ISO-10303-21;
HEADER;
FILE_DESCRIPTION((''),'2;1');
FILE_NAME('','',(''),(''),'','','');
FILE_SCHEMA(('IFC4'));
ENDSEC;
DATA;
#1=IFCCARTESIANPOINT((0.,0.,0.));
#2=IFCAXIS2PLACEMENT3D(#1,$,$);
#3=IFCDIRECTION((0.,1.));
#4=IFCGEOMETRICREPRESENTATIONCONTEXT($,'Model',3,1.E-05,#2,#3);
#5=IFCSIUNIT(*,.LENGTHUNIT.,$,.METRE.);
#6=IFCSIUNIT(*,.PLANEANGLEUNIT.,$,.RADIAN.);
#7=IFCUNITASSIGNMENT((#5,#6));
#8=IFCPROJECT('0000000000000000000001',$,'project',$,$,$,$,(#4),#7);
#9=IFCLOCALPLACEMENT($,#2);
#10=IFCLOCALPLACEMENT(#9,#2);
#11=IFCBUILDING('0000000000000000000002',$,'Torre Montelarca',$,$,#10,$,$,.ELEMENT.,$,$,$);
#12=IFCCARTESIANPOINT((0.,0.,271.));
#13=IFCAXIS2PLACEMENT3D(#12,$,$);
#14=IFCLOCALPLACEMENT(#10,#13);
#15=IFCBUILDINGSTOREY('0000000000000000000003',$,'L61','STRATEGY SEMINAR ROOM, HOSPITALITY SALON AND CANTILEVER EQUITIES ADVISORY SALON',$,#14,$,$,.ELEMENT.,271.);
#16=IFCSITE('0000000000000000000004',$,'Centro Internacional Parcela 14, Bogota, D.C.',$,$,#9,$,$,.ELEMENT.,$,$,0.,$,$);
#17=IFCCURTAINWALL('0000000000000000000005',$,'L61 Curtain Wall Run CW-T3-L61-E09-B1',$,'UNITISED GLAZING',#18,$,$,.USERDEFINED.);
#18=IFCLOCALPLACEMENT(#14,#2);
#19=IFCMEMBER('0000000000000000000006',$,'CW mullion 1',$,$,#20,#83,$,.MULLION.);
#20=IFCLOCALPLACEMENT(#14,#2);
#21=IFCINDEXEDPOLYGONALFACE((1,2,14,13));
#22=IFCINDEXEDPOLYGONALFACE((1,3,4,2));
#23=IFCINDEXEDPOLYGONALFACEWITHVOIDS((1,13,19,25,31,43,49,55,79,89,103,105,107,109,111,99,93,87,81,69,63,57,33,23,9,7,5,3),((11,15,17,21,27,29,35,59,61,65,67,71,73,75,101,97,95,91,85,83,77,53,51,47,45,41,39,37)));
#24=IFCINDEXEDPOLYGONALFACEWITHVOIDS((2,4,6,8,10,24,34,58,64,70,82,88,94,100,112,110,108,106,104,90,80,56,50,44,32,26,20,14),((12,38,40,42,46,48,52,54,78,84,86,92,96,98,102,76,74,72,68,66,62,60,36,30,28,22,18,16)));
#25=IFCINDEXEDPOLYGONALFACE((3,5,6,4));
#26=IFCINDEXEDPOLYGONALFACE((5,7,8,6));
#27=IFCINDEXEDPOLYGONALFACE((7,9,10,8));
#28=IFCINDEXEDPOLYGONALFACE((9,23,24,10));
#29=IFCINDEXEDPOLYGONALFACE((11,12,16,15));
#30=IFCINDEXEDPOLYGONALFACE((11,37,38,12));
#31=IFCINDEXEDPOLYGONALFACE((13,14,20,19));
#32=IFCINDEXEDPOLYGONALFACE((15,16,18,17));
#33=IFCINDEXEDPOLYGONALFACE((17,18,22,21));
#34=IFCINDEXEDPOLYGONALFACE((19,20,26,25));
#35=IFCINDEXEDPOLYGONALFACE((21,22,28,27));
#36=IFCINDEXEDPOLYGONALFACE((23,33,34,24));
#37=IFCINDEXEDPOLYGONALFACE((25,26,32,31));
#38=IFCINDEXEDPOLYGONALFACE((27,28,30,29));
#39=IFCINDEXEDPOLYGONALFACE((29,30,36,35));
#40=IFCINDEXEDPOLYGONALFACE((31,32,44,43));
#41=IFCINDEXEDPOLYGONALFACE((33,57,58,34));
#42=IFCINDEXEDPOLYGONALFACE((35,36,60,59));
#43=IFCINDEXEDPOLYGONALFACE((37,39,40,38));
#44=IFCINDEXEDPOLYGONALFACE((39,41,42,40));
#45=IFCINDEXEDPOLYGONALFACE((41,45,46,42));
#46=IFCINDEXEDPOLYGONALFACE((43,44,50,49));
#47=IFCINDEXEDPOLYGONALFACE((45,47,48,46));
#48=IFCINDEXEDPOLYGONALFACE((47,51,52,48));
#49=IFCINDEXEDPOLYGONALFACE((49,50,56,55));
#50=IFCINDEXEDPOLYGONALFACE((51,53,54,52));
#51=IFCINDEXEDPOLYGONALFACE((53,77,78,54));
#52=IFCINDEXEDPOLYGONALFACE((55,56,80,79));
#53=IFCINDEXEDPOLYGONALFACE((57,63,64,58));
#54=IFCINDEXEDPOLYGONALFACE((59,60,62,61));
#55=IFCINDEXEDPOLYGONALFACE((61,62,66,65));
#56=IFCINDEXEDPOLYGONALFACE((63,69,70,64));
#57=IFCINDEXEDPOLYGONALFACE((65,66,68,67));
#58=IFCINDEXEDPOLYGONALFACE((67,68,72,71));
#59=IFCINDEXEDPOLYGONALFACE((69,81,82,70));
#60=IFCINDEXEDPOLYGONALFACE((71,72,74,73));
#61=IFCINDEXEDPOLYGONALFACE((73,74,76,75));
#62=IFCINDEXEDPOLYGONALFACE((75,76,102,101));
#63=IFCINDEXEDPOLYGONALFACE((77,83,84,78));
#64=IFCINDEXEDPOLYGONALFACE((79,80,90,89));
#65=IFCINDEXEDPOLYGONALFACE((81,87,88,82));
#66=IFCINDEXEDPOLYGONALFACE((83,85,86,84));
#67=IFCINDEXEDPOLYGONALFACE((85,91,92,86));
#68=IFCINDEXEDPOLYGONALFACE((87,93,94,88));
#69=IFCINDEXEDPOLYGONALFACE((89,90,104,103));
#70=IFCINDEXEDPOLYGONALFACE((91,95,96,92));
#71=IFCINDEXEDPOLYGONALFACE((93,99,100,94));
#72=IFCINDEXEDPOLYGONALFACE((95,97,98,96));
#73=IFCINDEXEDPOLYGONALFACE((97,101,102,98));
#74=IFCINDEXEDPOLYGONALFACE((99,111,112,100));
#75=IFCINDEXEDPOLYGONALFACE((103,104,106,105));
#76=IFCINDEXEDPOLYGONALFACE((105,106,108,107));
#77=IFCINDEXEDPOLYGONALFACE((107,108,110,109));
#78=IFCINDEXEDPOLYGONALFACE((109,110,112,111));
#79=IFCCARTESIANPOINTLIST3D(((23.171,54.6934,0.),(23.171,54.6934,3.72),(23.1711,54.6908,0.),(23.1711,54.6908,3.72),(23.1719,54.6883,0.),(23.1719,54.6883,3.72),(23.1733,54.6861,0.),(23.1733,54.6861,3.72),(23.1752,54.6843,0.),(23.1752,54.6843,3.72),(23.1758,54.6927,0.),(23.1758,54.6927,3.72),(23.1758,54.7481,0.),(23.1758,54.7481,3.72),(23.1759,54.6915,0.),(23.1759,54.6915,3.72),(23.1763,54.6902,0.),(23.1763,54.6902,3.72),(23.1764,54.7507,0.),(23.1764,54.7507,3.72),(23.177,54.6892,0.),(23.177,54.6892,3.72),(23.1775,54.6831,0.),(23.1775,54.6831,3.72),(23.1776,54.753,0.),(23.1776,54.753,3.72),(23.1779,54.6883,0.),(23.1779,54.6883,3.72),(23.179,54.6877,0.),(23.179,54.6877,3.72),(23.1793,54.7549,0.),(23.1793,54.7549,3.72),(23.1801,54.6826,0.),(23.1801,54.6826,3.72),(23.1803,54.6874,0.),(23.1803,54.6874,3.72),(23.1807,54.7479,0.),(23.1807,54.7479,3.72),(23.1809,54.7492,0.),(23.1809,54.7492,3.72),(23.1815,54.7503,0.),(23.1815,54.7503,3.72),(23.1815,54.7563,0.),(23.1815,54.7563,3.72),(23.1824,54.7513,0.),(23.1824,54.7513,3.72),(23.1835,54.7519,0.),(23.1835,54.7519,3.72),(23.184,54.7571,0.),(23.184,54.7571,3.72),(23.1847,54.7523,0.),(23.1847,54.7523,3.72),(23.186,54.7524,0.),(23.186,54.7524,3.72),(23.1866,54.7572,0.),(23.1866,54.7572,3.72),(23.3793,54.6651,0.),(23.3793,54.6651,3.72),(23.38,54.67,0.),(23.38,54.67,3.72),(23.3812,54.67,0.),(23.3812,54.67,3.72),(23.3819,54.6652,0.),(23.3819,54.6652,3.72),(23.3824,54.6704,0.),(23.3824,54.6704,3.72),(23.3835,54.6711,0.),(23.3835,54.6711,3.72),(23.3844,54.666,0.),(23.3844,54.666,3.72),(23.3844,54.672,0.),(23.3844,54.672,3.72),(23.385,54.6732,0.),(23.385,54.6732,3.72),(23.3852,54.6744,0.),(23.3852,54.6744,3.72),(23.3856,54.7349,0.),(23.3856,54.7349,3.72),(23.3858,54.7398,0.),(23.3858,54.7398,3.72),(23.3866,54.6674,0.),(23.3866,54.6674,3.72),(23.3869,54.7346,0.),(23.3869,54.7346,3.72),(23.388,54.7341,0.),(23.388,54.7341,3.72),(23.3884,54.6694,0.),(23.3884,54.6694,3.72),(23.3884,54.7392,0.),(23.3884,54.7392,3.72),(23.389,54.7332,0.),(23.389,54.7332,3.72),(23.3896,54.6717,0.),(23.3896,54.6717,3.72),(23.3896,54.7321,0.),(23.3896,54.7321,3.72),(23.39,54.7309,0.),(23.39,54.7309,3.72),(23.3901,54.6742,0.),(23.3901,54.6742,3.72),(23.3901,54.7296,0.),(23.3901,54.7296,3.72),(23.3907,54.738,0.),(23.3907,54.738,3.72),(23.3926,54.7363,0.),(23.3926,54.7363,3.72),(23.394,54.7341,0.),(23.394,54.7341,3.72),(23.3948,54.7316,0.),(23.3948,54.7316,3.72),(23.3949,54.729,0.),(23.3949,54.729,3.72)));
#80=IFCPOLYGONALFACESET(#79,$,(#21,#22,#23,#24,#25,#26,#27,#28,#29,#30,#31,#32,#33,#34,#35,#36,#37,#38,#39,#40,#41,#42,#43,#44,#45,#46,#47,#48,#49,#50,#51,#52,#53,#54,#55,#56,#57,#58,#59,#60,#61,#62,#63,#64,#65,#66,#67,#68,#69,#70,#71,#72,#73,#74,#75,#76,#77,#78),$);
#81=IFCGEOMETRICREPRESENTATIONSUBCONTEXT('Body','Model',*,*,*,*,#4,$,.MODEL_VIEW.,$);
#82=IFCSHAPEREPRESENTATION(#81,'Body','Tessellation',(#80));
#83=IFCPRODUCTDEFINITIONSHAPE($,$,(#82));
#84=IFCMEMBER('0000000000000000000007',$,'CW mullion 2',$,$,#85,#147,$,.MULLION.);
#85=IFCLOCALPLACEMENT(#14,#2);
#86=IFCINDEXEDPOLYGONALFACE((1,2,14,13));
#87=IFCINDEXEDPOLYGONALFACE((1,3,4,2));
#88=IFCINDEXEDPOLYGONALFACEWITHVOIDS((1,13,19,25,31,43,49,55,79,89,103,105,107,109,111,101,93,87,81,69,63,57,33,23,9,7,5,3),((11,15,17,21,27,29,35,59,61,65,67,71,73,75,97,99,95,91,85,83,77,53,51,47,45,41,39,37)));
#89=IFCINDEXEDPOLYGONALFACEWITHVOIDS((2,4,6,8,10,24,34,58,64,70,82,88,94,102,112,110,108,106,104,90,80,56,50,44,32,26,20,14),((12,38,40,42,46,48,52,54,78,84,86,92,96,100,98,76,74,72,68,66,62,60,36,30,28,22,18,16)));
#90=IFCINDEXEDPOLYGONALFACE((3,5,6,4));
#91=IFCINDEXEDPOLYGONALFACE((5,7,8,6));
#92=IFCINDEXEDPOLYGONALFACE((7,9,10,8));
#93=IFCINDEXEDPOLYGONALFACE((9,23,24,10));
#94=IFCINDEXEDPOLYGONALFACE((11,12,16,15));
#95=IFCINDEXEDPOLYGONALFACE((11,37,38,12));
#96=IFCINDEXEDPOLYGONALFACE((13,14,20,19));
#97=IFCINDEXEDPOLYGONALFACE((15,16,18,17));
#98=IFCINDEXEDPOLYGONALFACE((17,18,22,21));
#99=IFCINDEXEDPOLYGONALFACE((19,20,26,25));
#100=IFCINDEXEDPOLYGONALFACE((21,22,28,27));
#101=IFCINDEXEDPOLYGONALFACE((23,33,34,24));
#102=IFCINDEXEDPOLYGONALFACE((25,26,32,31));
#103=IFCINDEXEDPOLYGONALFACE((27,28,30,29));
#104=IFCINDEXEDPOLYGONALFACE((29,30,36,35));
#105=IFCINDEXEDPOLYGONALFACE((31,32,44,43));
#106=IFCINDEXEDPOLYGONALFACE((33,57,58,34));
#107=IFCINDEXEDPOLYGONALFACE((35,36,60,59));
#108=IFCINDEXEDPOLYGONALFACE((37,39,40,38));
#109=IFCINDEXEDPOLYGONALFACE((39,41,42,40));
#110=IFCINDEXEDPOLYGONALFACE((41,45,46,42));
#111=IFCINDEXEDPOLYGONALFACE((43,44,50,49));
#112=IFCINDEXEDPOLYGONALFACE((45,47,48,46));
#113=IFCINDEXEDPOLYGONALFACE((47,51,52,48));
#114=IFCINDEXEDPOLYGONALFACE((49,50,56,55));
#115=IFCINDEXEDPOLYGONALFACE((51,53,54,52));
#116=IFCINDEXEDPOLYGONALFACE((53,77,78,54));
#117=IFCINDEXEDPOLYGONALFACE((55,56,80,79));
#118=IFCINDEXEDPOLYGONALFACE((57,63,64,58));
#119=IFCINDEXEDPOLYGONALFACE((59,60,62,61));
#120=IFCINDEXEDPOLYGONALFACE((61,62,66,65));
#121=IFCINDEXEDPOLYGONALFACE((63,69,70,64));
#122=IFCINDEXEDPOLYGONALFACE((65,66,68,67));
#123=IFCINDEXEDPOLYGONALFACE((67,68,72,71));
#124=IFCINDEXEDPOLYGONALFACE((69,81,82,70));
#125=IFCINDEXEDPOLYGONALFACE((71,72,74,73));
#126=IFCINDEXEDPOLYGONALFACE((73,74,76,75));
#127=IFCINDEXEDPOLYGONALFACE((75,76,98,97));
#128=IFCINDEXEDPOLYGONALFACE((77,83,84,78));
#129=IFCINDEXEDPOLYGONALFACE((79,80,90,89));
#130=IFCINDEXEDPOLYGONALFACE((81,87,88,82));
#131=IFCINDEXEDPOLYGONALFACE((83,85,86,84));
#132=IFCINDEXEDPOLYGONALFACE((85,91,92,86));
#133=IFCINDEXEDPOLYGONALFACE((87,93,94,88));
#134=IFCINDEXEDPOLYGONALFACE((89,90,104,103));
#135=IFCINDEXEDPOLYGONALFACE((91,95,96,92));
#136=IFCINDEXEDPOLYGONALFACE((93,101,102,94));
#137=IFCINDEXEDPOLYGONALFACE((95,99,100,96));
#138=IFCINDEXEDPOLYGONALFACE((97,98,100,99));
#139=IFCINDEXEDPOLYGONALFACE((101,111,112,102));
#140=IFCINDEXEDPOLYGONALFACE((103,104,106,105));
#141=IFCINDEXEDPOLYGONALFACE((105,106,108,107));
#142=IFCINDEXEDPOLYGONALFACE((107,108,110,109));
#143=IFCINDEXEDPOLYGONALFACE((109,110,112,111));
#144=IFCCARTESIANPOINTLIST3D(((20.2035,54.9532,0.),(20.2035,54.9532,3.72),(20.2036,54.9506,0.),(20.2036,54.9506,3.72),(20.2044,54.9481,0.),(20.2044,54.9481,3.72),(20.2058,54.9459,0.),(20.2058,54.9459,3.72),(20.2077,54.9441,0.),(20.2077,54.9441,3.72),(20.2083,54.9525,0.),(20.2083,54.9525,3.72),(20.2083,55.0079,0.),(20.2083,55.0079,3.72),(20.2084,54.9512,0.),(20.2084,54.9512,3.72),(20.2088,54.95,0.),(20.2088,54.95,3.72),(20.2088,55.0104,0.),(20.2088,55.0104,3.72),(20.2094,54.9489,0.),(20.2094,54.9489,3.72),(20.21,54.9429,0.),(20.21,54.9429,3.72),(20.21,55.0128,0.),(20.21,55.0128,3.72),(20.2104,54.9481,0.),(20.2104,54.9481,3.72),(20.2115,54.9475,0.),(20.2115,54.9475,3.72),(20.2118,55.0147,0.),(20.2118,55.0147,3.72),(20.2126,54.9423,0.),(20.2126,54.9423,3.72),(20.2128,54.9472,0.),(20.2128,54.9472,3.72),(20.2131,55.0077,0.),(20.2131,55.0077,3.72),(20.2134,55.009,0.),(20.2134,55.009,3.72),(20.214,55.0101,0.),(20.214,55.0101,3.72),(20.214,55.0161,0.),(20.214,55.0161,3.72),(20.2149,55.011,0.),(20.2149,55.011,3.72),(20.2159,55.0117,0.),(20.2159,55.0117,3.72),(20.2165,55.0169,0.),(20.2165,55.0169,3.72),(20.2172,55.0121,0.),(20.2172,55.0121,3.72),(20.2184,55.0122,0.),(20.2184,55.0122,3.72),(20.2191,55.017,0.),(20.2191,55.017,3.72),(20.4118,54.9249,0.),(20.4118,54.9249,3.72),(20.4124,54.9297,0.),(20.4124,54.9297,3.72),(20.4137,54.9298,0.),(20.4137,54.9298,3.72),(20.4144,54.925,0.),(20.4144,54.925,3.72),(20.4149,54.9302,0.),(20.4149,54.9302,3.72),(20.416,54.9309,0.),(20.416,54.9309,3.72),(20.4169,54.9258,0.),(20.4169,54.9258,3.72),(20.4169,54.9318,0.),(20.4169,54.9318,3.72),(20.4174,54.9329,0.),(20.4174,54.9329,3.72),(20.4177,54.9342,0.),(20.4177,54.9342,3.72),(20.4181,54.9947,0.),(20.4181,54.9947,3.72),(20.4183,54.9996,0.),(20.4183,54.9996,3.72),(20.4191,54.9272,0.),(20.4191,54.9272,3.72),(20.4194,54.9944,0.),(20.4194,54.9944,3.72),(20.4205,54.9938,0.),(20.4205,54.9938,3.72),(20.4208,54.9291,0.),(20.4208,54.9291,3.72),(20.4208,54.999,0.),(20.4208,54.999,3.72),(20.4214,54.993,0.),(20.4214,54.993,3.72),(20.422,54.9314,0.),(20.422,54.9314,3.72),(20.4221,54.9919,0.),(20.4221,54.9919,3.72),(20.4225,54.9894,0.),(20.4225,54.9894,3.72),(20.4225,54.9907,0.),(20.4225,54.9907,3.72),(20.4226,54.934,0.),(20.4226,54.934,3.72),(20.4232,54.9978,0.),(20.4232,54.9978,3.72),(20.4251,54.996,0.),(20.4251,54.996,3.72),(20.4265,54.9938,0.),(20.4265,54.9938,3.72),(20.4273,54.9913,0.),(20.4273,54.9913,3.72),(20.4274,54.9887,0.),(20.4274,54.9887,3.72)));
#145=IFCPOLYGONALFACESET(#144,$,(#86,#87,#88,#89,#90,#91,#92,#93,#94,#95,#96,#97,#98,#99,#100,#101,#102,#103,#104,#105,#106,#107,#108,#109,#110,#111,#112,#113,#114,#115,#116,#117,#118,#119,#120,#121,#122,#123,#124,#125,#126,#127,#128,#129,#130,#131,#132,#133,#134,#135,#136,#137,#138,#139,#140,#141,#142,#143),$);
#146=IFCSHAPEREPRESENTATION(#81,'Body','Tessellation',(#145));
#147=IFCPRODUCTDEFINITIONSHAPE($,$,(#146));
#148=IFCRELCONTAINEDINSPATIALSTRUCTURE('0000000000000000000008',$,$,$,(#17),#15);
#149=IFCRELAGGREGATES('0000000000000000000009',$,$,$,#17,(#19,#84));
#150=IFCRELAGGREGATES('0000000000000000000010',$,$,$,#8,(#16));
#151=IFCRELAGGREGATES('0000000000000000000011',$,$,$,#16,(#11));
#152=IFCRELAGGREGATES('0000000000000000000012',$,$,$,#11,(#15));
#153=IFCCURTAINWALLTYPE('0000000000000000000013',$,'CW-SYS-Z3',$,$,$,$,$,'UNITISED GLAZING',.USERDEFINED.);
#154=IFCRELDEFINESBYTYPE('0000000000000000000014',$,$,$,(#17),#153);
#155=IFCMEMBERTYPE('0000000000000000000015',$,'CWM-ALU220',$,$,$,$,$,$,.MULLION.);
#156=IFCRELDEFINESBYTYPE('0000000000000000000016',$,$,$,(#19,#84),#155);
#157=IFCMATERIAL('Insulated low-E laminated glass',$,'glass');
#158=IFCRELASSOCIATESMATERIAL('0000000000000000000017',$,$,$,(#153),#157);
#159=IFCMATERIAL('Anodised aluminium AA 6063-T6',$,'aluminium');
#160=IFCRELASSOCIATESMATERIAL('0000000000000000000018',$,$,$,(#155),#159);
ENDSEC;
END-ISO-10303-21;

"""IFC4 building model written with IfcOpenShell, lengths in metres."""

from ifc_helpers import new_model, si_unit, direction, frame, origin, origin_2d, place, context, subcontext, project, spatial, hollow_rectangle, extrude, source, transform, mapped, material, material_profile, profile_set, type_object, element, aggregate, save


model = new_model("IFC4")

# Units and contexts
model_context = context("Model", 3, precision=1e-05, world=origin(), true_north=direction((0.0, 1.0)))
body_context = subcontext(model_context, "Body", "Model", "MODEL_VIEW")
ifc_project = project(units=[si_unit("LENGTHUNIT", "METRE"), si_unit("PLANEANGLEUNIT", "RADIAN")], contexts=[model_context])

# Site, building, storey
site_placement = place(None, origin())
site = spatial("IfcSite", under=ifc_project, at=site_placement, Name="Centro Internacional Parcela 14, Bogota, D.C.", CompositionType="ELEMENT", RefElevation=0.0)
building_placement = place(site_placement, origin())
building = spatial("IfcBuilding", under=site, at=building_placement, Name="Torre Montelarca", CompositionType="ELEMENT")
storey_placement = place(building_placement, frame((0.0, 0.0, 271.0)))
storey = spatial("IfcBuildingStorey", under=building, at=storey_placement, Name="L61", Description="STRATEGY SEMINAR ROOM, HOSPITALITY SALON AND CANTILEVER EQUITIES ADVISORY SALON", CompositionType="ELEMENT", Elevation=271.0)

# Curtain wall
ifc_material_1 = material(Name="Insulated low-E laminated glass", Category="glass")
curtain_wall_type = type_object("IfcCurtainWallType", Name="CW-SYS-Z3", ElementType="UNITISED GLAZING", PredefinedType="USERDEFINED", material=ifc_material_1)
curtain_wall_1_placement = place(storey_placement, origin())
curtain_wall_1 = element("IfcCurtainWall", 1, at=curtain_wall_1_placement, inside=storey, type_object=curtain_wall_type, Name="L61 Curtain Wall Run CW-T3-L61-E09-B1", ObjectType="UNITISED GLAZING", PredefinedType="USERDEFINED")
ifc_material_2 = material(Name="Anodised aluminium AA 6063-T6", Category="aluminium")

# Members
ifc_material_profile_1 = material_profile(ifc_material_2, hollow_rectangle(XDim=0.075, YDim=0.22, WallThickness=0.0049, InnerFilletRadius=0.0049, OuterFilletRadius=0.01, at=origin_2d()), Name="ALU75X220X5", Category="aluminium")
ifc_profile_set_1 = profile_set([ifc_material_profile_1], Name="Anodised aluminium AA 6063-T6")
member_type_1 = type_object("IfcMemberType", Name="CWM-ALU220", PredefinedType="MULLION", material=ifc_profile_set_1)
shared_shape_1 = source(origin(), body_context, "Body", "SweptSolid", [
    extrude(hollow_rectangle(XDim=0.075, YDim=0.22, WallThickness=0.0049, InnerFilletRadius=0.0049, OuterFilletRadius=0.01, at=origin_2d()), origin(), (0.0, 0.0, 1.0), 3.72),
])
member_1_placement = place(storey_placement, frame((23.283, 54.7112, 0.0), z_axis=(0.0, 0.0, 1.0), x_axis=(-0.087165, -0.996194, 0.0)))
member_1 = element("IfcMember", 2, at=member_1_placement, type_object=member_type_1, Name="CW mullion 1", PredefinedType="MULLION", context=body_context, shape_type="MappedRepresentation", body=[
    mapped(shared_shape_1, transform((0.0, 0.0, 0.0), scale=1.0)),
])
member_2_placement = place(storey_placement, frame((20.3154, 54.9709, 0.0), z_axis=(0.0, 0.0, 1.0), x_axis=(-0.087165, -0.996194, 0.0)))
member_2 = element("IfcMember", 3, at=member_2_placement, type_object=member_type_1, Name="CW mullion 2", PredefinedType="MULLION", context=body_context, shape_type="MappedRepresentation", body=[
    mapped(shared_shape_1, transform((0.0, 0.0, 0.0), scale=1.0)),
])

aggregate(curtain_wall_1, [member_1, member_2])

save(model, "model.ifc")
